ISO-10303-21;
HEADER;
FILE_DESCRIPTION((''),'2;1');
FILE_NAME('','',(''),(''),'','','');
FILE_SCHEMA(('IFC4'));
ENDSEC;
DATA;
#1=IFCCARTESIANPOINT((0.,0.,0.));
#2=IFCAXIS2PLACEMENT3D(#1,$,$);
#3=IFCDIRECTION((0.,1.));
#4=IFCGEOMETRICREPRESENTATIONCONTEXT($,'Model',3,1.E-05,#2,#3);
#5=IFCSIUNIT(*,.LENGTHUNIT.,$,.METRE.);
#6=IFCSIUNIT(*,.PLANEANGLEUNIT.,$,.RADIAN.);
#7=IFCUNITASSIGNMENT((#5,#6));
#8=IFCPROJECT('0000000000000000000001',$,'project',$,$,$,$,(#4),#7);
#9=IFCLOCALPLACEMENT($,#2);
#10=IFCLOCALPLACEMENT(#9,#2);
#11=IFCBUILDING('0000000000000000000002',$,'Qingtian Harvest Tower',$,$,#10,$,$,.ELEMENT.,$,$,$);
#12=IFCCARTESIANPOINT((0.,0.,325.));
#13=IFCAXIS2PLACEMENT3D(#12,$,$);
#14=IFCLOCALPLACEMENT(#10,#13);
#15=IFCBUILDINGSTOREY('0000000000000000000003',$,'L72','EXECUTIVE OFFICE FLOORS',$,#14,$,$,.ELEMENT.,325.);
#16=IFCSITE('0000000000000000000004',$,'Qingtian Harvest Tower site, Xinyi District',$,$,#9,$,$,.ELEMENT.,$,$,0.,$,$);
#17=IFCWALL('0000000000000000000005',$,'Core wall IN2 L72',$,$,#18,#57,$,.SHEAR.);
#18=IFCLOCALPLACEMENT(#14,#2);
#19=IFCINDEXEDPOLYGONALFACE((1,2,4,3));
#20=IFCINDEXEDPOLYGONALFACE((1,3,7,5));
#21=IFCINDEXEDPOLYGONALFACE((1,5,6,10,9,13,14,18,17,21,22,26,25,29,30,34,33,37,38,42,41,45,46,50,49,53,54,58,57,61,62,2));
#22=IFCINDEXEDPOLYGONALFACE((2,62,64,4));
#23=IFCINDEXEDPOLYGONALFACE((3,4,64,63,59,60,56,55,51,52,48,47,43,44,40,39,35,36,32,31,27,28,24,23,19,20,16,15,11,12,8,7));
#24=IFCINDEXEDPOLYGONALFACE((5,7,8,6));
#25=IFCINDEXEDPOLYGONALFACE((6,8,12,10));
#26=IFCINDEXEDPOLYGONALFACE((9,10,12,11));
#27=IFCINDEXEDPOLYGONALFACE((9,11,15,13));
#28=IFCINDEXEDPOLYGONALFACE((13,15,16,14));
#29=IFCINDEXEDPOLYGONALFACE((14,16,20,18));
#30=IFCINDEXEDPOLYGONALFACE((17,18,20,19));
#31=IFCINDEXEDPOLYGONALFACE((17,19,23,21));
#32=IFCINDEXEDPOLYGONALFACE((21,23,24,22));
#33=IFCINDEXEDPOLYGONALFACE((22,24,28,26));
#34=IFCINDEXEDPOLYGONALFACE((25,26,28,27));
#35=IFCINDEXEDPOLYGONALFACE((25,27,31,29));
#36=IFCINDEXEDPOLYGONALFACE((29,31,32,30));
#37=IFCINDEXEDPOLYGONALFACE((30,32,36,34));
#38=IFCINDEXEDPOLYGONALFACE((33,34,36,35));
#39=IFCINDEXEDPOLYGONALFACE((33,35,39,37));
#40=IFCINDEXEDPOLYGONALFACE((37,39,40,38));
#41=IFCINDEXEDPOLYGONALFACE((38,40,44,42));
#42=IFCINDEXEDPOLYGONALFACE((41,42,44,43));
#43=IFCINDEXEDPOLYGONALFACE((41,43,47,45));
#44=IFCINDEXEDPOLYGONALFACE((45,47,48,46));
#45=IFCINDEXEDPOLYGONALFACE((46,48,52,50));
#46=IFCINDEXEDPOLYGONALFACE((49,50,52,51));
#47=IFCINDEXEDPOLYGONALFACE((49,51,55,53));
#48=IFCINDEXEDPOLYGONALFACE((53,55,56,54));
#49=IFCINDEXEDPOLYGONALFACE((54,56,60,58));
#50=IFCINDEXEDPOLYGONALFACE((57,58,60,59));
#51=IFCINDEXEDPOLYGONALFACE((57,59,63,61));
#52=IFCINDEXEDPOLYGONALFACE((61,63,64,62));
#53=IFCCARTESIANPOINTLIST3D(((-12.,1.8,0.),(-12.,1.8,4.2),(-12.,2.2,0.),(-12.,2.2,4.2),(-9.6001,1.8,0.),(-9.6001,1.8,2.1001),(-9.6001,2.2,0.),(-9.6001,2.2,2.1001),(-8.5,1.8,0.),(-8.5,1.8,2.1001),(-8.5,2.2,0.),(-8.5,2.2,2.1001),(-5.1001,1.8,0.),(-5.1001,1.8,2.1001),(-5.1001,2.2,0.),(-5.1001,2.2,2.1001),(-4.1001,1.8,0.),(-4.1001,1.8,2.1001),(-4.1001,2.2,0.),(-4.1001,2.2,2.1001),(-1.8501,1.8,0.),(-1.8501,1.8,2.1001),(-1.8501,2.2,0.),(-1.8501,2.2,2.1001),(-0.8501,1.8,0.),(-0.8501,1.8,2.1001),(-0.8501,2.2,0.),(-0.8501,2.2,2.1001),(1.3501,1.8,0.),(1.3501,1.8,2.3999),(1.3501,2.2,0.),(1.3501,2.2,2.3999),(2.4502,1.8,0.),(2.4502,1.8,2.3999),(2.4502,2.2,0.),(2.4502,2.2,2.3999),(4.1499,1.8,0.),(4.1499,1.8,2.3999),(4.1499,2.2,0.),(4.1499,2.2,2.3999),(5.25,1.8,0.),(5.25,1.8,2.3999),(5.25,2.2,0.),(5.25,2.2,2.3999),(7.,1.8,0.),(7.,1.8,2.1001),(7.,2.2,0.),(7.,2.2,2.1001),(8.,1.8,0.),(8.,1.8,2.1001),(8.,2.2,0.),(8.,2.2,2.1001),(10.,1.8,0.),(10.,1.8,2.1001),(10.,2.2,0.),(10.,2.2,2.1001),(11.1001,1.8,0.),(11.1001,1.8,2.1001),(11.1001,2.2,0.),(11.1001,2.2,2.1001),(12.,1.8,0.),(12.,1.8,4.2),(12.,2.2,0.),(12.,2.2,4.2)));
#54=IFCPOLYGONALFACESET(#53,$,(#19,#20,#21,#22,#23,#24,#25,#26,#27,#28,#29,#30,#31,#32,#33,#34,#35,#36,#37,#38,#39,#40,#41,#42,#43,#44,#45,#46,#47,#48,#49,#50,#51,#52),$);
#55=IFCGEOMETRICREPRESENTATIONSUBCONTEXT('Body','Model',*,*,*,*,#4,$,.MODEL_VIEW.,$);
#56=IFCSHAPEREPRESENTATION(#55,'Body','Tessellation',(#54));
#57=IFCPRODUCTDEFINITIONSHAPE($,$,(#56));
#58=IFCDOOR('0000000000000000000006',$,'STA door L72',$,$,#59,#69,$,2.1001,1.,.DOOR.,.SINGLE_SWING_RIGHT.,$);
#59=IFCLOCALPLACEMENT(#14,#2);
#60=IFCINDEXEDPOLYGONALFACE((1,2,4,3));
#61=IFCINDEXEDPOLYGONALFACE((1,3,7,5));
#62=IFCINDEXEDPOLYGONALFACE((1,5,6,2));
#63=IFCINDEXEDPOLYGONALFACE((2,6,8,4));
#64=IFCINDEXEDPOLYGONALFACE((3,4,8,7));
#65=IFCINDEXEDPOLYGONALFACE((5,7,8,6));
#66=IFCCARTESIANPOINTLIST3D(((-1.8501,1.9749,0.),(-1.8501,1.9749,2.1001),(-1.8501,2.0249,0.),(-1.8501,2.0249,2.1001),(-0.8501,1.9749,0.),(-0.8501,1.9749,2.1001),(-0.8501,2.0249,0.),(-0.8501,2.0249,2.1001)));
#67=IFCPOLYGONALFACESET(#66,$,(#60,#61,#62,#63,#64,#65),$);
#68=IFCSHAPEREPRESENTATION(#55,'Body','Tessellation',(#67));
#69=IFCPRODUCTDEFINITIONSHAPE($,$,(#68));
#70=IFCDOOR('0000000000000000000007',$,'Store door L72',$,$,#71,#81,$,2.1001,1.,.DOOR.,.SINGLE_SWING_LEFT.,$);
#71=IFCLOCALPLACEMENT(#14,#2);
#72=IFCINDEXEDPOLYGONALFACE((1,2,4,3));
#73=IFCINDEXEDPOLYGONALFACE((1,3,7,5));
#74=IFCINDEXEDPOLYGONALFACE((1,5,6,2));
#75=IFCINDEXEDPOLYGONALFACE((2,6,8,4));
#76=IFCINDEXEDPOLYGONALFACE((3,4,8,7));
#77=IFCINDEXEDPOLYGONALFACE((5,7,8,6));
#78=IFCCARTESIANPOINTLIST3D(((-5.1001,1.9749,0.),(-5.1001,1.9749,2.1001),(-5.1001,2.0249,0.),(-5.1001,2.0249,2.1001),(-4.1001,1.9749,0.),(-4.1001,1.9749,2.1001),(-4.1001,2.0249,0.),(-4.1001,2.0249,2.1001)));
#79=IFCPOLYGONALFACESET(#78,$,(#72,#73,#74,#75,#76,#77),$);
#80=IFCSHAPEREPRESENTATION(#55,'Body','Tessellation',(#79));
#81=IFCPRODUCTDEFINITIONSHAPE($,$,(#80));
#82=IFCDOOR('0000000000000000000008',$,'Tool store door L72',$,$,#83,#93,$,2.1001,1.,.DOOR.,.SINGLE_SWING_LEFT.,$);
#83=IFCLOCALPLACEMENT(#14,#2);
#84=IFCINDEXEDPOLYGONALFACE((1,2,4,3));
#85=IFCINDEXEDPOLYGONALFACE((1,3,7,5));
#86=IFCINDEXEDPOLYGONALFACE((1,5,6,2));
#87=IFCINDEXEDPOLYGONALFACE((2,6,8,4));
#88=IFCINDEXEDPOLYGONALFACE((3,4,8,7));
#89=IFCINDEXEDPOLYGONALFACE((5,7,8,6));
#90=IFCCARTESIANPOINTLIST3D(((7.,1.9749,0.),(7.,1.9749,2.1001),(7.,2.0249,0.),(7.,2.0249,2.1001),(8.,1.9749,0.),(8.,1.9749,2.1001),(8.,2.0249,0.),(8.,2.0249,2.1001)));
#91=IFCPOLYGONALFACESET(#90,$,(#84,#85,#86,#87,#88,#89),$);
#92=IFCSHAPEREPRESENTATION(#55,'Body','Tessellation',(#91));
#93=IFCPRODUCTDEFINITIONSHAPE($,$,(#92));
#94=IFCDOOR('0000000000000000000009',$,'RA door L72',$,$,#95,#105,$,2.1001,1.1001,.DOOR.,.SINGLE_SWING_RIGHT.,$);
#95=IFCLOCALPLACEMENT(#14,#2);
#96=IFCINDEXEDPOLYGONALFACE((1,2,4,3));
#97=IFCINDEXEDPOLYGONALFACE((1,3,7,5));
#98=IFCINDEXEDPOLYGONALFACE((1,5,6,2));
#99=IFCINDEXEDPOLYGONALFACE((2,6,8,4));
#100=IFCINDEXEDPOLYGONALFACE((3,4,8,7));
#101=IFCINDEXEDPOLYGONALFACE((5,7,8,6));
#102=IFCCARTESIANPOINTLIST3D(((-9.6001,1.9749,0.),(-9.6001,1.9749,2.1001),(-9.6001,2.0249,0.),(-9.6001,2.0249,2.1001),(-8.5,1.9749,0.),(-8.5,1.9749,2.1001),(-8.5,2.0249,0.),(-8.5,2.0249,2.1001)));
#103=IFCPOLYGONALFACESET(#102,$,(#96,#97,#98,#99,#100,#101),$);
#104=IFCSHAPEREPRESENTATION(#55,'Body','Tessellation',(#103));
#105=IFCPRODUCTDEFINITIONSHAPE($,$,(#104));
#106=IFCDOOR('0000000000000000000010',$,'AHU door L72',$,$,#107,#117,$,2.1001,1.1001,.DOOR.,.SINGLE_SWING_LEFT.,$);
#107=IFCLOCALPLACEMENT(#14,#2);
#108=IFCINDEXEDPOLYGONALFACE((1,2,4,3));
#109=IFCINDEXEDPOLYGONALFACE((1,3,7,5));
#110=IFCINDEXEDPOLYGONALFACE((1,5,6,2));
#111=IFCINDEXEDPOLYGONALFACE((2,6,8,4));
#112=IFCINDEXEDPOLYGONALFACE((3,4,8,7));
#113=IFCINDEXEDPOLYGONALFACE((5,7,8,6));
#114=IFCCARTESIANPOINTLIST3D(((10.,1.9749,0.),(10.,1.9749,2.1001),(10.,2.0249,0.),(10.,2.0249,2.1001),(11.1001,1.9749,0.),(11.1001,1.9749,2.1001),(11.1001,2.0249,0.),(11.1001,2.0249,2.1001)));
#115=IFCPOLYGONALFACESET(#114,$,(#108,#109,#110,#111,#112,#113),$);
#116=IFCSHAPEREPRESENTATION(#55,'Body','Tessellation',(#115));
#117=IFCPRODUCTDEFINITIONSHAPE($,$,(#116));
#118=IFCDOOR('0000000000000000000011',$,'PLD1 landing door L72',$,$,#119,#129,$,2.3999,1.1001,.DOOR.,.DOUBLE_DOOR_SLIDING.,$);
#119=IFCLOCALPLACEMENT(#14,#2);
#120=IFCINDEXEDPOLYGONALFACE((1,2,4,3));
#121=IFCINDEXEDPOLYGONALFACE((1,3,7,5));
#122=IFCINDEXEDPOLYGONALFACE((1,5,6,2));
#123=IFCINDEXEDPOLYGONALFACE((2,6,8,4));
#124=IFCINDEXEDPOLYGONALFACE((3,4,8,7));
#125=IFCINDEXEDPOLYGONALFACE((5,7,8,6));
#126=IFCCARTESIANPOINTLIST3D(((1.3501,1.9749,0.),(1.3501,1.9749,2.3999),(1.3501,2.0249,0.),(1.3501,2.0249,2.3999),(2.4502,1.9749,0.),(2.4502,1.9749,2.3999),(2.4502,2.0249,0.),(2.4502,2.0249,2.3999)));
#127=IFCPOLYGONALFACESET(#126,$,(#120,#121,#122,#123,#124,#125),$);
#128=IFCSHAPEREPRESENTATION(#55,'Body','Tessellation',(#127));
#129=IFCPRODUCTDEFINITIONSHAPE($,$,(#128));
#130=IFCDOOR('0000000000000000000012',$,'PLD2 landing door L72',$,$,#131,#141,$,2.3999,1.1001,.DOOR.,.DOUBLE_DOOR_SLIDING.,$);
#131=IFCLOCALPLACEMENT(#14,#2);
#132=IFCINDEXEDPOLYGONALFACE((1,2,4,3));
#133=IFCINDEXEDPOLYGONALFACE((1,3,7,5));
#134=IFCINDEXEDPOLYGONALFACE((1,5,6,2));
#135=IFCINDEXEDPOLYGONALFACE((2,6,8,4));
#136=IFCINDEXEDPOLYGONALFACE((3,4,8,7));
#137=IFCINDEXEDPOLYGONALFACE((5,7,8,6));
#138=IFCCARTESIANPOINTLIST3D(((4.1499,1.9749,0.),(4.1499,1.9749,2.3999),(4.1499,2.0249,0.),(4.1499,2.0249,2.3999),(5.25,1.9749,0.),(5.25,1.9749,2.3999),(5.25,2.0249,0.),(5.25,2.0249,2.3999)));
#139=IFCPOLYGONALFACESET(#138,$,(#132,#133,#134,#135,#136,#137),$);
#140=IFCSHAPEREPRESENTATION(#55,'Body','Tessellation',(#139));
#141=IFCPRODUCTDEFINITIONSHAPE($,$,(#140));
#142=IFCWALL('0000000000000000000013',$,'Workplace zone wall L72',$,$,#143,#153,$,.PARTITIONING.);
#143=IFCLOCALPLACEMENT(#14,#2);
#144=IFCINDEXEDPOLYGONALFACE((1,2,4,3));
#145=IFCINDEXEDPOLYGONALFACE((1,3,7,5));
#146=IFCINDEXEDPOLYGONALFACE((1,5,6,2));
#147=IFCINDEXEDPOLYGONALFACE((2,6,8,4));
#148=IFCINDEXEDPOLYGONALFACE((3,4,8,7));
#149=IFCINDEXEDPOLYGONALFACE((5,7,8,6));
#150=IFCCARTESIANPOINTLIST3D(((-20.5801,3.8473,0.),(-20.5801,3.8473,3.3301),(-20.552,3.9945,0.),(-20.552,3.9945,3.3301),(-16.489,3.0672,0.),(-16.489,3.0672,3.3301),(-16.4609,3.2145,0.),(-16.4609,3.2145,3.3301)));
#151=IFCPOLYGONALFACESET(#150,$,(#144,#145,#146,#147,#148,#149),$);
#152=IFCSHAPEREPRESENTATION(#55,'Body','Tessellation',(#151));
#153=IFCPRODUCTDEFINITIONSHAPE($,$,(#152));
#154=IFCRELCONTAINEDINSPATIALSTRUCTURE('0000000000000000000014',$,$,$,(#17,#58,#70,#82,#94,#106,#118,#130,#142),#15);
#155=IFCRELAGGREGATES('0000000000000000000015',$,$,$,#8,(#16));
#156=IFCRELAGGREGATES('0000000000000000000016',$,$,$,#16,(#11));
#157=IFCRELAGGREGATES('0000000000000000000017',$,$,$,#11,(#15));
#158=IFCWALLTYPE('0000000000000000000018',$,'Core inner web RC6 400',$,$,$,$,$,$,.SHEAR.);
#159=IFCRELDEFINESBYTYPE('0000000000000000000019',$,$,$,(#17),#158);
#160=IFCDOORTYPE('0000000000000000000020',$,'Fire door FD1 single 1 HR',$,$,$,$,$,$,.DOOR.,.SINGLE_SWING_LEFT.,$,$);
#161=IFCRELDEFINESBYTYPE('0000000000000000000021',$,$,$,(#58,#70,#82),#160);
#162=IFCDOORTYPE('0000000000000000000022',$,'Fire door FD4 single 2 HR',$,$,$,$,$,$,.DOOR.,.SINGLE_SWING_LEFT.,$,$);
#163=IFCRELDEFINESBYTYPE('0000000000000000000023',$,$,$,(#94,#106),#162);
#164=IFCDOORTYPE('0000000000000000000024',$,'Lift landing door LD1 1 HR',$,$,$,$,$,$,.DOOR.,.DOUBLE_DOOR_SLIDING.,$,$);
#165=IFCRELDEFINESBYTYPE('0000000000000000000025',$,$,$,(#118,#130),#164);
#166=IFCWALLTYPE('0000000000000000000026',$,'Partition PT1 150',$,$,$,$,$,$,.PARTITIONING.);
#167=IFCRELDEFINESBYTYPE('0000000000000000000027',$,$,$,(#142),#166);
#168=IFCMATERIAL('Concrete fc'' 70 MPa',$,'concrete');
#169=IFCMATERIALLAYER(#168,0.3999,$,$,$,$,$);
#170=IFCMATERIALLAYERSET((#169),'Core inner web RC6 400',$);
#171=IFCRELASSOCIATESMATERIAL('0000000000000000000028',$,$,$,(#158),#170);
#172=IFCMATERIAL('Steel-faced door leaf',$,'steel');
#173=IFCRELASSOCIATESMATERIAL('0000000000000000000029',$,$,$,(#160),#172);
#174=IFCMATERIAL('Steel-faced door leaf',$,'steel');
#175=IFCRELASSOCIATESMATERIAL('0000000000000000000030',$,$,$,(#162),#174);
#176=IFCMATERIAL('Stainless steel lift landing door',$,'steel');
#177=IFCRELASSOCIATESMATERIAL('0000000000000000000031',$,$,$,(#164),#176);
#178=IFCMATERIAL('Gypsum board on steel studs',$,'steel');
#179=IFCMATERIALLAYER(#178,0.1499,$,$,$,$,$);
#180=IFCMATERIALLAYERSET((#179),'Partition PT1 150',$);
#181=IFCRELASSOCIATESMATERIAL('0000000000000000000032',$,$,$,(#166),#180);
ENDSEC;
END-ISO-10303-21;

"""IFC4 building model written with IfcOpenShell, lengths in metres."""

from ifc_helpers import new_model, si_unit, direction, frame, frame_2d, origin, place, context, subcontext, project, spatial, rectangle, extrude, material, layer, layer_set, type_object, element, fill, save


model = new_model("IFC4")

# Units and contexts
model_context = context("Model", 3, precision=1e-05, world=origin(), true_north=direction((0.0, 1.0)))
body_context = subcontext(model_context, "Body", "Model", "MODEL_VIEW")
ifc_project = project(units=[si_unit("LENGTHUNIT", "METRE"), si_unit("PLANEANGLEUNIT", "RADIAN")], contexts=[model_context])

# Site, building, storey
site_placement = place(None, origin())
site = spatial("IfcSite", under=ifc_project, at=site_placement, Name="Qingtian Harvest Tower site, Xinyi District", CompositionType="ELEMENT", RefElevation=0.0)
building_placement = place(site_placement, origin())
building = spatial("IfcBuilding", under=site, at=building_placement, Name="Qingtian Harvest Tower", CompositionType="ELEMENT")
storey_placement = place(building_placement, frame((0.0, 0.0, 325.0)))
storey = spatial("IfcBuildingStorey", under=building, at=storey_placement, Name="L72", Description="EXECUTIVE OFFICE FLOORS", CompositionType="ELEMENT", Elevation=325.0)

# Wall, openings, doors
ifc_material_1 = material(Name="Concrete fc' 70 MPa", Category="concrete")
ifc_layer_1 = layer(ifc_material_1, 0.3999)
ifc_layer_set_1 = layer_set([ifc_layer_1], Name="Core inner web RC6 400")
wall_type_1 = type_object("IfcWallType", Name="Core inner web RC6 400", PredefinedType="SHEAR", material=ifc_layer_set_1)
wall_1_placement = place(storey_placement, frame((-12.0, 2.0, 0.0), z_axis=(0.0, 0.0, 1.0), x_axis=(1.0, 0.0, 0.0)))
wall_1 = element("IfcWall", 1, at=wall_1_placement, inside=storey, type_object=wall_type_1, Name="Core wall IN2 L72", PredefinedType="SHEAR", context=body_context, shape_type="SweptSolid", body=[
    extrude(rectangle(XDim=24.0, YDim=0.3999, at=frame_2d((12.0, 0.0))), origin(), (0.0, 0.0, 1.0), 4.2),
])
opening_1_placement = place(wall_1_placement, frame((2.3999, 0.0, 0.0)))
opening_1 = element("IfcOpeningElement", 2, at=opening_1_placement, cuts=wall_1, PredefinedType="OPENING", context=body_context, shape_type="SweptSolid", body=[
    extrude(rectangle(XDim=1.1001, YDim=2.1001, at=frame_2d((0.55, 1.05))), frame((0.0, 0.21, 0.0), z_axis=(0.0, -1.0, 0.0), x_axis=(1.0, 0.0, 0.0)), (0.0, 0.0, 1.0), 0.4199),
])
opening_2_placement = place(wall_1_placement, frame((22.0, 0.0, 0.0)))
opening_2 = element("IfcOpeningElement", 3, at=opening_2_placement, cuts=wall_1, PredefinedType="OPENING", context=body_context, shape_type="SweptSolid", body=[
    extrude(rectangle(XDim=1.1001, YDim=2.1001, at=frame_2d((0.55, 1.05))), frame((0.0, 0.21, 0.0), z_axis=(0.0, -1.0, 0.0), x_axis=(1.0, 0.0, 0.0)), (0.0, 0.0, 1.0), 0.4199),
])
opening_3_placement = place(wall_1_placement, frame((10.1499, 0.0, 0.0)))
opening_3 = element("IfcOpeningElement", 4, at=opening_3_placement, cuts=wall_1, PredefinedType="OPENING", context=body_context, shape_type="SweptSolid", body=[
    extrude(rectangle(XDim=1.0, YDim=2.1001, at=frame_2d((0.5, 1.05))), frame((0.0, 0.21, 0.0), z_axis=(0.0, -1.0, 0.0), x_axis=(1.0, 0.0, 0.0)), (0.0, 0.0, 1.0), 0.4199),
])
opening_4_placement = place(wall_1_placement, frame((6.8999, 0.0, 0.0)))
opening_4 = element("IfcOpeningElement", 5, at=opening_4_placement, cuts=wall_1, PredefinedType="OPENING", context=body_context, shape_type="SweptSolid", body=[
    extrude(rectangle(XDim=1.0, YDim=2.1001, at=frame_2d((0.5, 1.05))), frame((0.0, 0.21, 0.0), z_axis=(0.0, -1.0, 0.0), x_axis=(1.0, 0.0, 0.0)), (0.0, 0.0, 1.0), 0.4199),
])
opening_5_placement = place(wall_1_placement, frame((13.3501, 0.0, 0.0)))
opening_5 = element("IfcOpeningElement", 6, at=opening_5_placement, cuts=wall_1, PredefinedType="OPENING", context=body_context, shape_type="SweptSolid", body=[
    extrude(rectangle(XDim=1.1001, YDim=2.3999, at=frame_2d((0.55, 1.2))), frame((0.0, 0.21, 0.0), z_axis=(0.0, -1.0, 0.0), x_axis=(1.0, 0.0, 0.0)), (0.0, 0.0, 1.0), 0.4199),
])
opening_6_placement = place(wall_1_placement, frame((16.1499, 0.0, 0.0)))
opening_6 = element("IfcOpeningElement", 7, at=opening_6_placement, cuts=wall_1, PredefinedType="OPENING", context=body_context, shape_type="SweptSolid", body=[
    extrude(rectangle(XDim=1.1001, YDim=2.3999, at=frame_2d((0.55, 1.2))), frame((0.0, 0.21, 0.0), z_axis=(0.0, -1.0, 0.0), x_axis=(1.0, 0.0, 0.0)), (0.0, 0.0, 1.0), 0.4199),
])
opening_7_placement = place(wall_1_placement, frame((19.0, 0.0, 0.0)))
opening_7 = element("IfcOpeningElement", 8, at=opening_7_placement, cuts=wall_1, PredefinedType="OPENING", context=body_context, shape_type="SweptSolid", body=[
    extrude(rectangle(XDim=1.0, YDim=2.1001, at=frame_2d((0.5, 1.05))), frame((0.0, 0.21, 0.0), z_axis=(0.0, -1.0, 0.0), x_axis=(1.0, 0.0, 0.0)), (0.0, 0.0, 1.0), 0.4199),
])
ifc_material_2 = material(Name="Steel-faced door leaf", Category="steel")
door_type_1 = type_object("IfcDoorType", Name="Fire door FD1 single 1 HR", OperationType="SINGLE_SWING_LEFT", PredefinedType="DOOR", material=ifc_material_2)
door_1_placement = place(opening_3_placement, origin())
door_1 = element("IfcDoor", 9, at=door_1_placement, inside=storey, type_object=door_type_1, Name="STA door L72", OperationType="SINGLE_SWING_RIGHT", OverallHeight=2.1001, OverallWidth=1.0, PredefinedType="DOOR", context=body_context, shape_type="SweptSolid", body=[
    extrude(rectangle(XDim=1.0, YDim=2.1001, at=frame_2d((0.5, 1.05))), frame((0.0, 0.0249, 0.0), z_axis=(0.0, -1.0, 0.0), x_axis=(1.0, 0.0, 0.0)), (0.0, 0.0, 1.0), 0.05),
])
fill(opening_3, door_1)
door_2_placement = place(opening_4_placement, origin())
door_2 = element("IfcDoor", 10, at=door_2_placement, inside=storey, type_object=door_type_1, Name="Store door L72", OperationType="SINGLE_SWING_LEFT", OverallHeight=2.1001, OverallWidth=1.0, PredefinedType="DOOR", context=body_context, shape_type="SweptSolid", body=[
    extrude(rectangle(XDim=1.0, YDim=2.1001, at=frame_2d((0.5, 1.05))), frame((0.0, 0.0249, 0.0), z_axis=(0.0, -1.0, 0.0), x_axis=(1.0, 0.0, 0.0)), (0.0, 0.0, 1.0), 0.05),
])
fill(opening_4, door_2)
door_3_placement = place(opening_7_placement, origin())
door_3 = element("IfcDoor", 11, at=door_3_placement, inside=storey, type_object=door_type_1, Name="Tool store door L72", OperationType="SINGLE_SWING_LEFT", OverallHeight=2.1001, OverallWidth=1.0, PredefinedType="DOOR", context=body_context, shape_type="SweptSolid", body=[
    extrude(rectangle(XDim=1.0, YDim=2.1001, at=frame_2d((0.5, 1.05))), frame((0.0, 0.0249, 0.0), z_axis=(0.0, -1.0, 0.0), x_axis=(1.0, 0.0, 0.0)), (0.0, 0.0, 1.0), 0.05),
])
fill(opening_7, door_3)
ifc_material_3 = material(Name="Steel-faced door leaf", Category="steel")
door_type_2 = type_object("IfcDoorType", Name="Fire door FD4 single 2 HR", OperationType="SINGLE_SWING_LEFT", PredefinedType="DOOR", material=ifc_material_3)
door_4_placement = place(opening_1_placement, origin())
door_4 = element("IfcDoor", 12, at=door_4_placement, inside=storey, type_object=door_type_2, Name="RA door L72", OperationType="SINGLE_SWING_RIGHT", OverallHeight=2.1001, OverallWidth=1.1001, PredefinedType="DOOR", context=body_context, shape_type="SweptSolid", body=[
    extrude(rectangle(XDim=1.1001, YDim=2.1001, at=frame_2d((0.55, 1.05))), frame((0.0, 0.0249, 0.0), z_axis=(0.0, -1.0, 0.0), x_axis=(1.0, 0.0, 0.0)), (0.0, 0.0, 1.0), 0.05),
])
fill(opening_1, door_4)
door_5_placement = place(opening_2_placement, origin())
door_5 = element("IfcDoor", 13, at=door_5_placement, inside=storey, type_object=door_type_2, Name="AHU door L72", OperationType="SINGLE_SWING_LEFT", OverallHeight=2.1001, OverallWidth=1.1001, PredefinedType="DOOR", context=body_context, shape_type="SweptSolid", body=[
    extrude(rectangle(XDim=1.1001, YDim=2.1001, at=frame_2d((0.55, 1.05))), frame((0.0, 0.0249, 0.0), z_axis=(0.0, -1.0, 0.0), x_axis=(1.0, 0.0, 0.0)), (0.0, 0.0, 1.0), 0.05),
])
fill(opening_2, door_5)
ifc_material_4 = material(Name="Stainless steel lift landing door", Category="steel")
door_type_3 = type_object("IfcDoorType", Name="Lift landing door LD1 1 HR", OperationType="DOUBLE_DOOR_SLIDING", PredefinedType="DOOR", material=ifc_material_4)
door_6_placement = place(opening_5_placement, origin())
door_6 = element("IfcDoor", 14, at=door_6_placement, inside=storey, type_object=door_type_3, Name="PLD1 landing door L72", OperationType="DOUBLE_DOOR_SLIDING", OverallHeight=2.3999, OverallWidth=1.1001, PredefinedType="DOOR", context=body_context, shape_type="SweptSolid", body=[
    extrude(rectangle(XDim=1.1001, YDim=2.3999, at=frame_2d((0.55, 1.2))), frame((0.0, 0.0249, 0.0), z_axis=(0.0, -1.0, 0.0), x_axis=(1.0, 0.0, 0.0)), (0.0, 0.0, 1.0), 0.05),
])
fill(opening_5, door_6)
door_7_placement = place(opening_6_placement, origin())
door_7 = element("IfcDoor", 15, at=door_7_placement, inside=storey, type_object=door_type_3, Name="PLD2 landing door L72", OperationType="DOUBLE_DOOR_SLIDING", OverallHeight=2.3999, OverallWidth=1.1001, PredefinedType="DOOR", context=body_context, shape_type="SweptSolid", body=[
    extrude(rectangle(XDim=1.1001, YDim=2.3999, at=frame_2d((0.55, 1.2))), frame((0.0, 0.0249, 0.0), z_axis=(0.0, -1.0, 0.0), x_axis=(1.0, 0.0, 0.0)), (0.0, 0.0, 1.0), 0.05),
])
fill(opening_6, door_7)

# Wall
ifc_material_5 = material(Name="Gypsum board on steel studs", Category="steel")
ifc_layer_2 = layer(ifc_material_5, 0.1499)
ifc_layer_set_2 = layer_set([ifc_layer_2], Name="Partition PT1 150")
wall_type_2 = type_object("IfcWallType", Name="Partition PT1 150", PredefinedType="PARTITIONING", material=ifc_layer_set_2)
wall_2_placement = place(storey_placement, frame((-20.5662, 3.9209, 0.0), z_axis=(0.0, 0.0, 1.0), x_axis=(0.982304, -0.187293, 0.0)))
element("IfcWall", 16, at=wall_2_placement, inside=storey, type_object=wall_type_2, Name="Workplace zone wall L72", PredefinedType="PARTITIONING", context=body_context, shape_type="SweptSolid", body=[
    extrude(rectangle(XDim=4.1648, YDim=0.1499, at=frame_2d((2.0825, 0.0))), origin(), (0.0, 0.0, 1.0), 3.3301),
])

save(model, "model.ifc")
